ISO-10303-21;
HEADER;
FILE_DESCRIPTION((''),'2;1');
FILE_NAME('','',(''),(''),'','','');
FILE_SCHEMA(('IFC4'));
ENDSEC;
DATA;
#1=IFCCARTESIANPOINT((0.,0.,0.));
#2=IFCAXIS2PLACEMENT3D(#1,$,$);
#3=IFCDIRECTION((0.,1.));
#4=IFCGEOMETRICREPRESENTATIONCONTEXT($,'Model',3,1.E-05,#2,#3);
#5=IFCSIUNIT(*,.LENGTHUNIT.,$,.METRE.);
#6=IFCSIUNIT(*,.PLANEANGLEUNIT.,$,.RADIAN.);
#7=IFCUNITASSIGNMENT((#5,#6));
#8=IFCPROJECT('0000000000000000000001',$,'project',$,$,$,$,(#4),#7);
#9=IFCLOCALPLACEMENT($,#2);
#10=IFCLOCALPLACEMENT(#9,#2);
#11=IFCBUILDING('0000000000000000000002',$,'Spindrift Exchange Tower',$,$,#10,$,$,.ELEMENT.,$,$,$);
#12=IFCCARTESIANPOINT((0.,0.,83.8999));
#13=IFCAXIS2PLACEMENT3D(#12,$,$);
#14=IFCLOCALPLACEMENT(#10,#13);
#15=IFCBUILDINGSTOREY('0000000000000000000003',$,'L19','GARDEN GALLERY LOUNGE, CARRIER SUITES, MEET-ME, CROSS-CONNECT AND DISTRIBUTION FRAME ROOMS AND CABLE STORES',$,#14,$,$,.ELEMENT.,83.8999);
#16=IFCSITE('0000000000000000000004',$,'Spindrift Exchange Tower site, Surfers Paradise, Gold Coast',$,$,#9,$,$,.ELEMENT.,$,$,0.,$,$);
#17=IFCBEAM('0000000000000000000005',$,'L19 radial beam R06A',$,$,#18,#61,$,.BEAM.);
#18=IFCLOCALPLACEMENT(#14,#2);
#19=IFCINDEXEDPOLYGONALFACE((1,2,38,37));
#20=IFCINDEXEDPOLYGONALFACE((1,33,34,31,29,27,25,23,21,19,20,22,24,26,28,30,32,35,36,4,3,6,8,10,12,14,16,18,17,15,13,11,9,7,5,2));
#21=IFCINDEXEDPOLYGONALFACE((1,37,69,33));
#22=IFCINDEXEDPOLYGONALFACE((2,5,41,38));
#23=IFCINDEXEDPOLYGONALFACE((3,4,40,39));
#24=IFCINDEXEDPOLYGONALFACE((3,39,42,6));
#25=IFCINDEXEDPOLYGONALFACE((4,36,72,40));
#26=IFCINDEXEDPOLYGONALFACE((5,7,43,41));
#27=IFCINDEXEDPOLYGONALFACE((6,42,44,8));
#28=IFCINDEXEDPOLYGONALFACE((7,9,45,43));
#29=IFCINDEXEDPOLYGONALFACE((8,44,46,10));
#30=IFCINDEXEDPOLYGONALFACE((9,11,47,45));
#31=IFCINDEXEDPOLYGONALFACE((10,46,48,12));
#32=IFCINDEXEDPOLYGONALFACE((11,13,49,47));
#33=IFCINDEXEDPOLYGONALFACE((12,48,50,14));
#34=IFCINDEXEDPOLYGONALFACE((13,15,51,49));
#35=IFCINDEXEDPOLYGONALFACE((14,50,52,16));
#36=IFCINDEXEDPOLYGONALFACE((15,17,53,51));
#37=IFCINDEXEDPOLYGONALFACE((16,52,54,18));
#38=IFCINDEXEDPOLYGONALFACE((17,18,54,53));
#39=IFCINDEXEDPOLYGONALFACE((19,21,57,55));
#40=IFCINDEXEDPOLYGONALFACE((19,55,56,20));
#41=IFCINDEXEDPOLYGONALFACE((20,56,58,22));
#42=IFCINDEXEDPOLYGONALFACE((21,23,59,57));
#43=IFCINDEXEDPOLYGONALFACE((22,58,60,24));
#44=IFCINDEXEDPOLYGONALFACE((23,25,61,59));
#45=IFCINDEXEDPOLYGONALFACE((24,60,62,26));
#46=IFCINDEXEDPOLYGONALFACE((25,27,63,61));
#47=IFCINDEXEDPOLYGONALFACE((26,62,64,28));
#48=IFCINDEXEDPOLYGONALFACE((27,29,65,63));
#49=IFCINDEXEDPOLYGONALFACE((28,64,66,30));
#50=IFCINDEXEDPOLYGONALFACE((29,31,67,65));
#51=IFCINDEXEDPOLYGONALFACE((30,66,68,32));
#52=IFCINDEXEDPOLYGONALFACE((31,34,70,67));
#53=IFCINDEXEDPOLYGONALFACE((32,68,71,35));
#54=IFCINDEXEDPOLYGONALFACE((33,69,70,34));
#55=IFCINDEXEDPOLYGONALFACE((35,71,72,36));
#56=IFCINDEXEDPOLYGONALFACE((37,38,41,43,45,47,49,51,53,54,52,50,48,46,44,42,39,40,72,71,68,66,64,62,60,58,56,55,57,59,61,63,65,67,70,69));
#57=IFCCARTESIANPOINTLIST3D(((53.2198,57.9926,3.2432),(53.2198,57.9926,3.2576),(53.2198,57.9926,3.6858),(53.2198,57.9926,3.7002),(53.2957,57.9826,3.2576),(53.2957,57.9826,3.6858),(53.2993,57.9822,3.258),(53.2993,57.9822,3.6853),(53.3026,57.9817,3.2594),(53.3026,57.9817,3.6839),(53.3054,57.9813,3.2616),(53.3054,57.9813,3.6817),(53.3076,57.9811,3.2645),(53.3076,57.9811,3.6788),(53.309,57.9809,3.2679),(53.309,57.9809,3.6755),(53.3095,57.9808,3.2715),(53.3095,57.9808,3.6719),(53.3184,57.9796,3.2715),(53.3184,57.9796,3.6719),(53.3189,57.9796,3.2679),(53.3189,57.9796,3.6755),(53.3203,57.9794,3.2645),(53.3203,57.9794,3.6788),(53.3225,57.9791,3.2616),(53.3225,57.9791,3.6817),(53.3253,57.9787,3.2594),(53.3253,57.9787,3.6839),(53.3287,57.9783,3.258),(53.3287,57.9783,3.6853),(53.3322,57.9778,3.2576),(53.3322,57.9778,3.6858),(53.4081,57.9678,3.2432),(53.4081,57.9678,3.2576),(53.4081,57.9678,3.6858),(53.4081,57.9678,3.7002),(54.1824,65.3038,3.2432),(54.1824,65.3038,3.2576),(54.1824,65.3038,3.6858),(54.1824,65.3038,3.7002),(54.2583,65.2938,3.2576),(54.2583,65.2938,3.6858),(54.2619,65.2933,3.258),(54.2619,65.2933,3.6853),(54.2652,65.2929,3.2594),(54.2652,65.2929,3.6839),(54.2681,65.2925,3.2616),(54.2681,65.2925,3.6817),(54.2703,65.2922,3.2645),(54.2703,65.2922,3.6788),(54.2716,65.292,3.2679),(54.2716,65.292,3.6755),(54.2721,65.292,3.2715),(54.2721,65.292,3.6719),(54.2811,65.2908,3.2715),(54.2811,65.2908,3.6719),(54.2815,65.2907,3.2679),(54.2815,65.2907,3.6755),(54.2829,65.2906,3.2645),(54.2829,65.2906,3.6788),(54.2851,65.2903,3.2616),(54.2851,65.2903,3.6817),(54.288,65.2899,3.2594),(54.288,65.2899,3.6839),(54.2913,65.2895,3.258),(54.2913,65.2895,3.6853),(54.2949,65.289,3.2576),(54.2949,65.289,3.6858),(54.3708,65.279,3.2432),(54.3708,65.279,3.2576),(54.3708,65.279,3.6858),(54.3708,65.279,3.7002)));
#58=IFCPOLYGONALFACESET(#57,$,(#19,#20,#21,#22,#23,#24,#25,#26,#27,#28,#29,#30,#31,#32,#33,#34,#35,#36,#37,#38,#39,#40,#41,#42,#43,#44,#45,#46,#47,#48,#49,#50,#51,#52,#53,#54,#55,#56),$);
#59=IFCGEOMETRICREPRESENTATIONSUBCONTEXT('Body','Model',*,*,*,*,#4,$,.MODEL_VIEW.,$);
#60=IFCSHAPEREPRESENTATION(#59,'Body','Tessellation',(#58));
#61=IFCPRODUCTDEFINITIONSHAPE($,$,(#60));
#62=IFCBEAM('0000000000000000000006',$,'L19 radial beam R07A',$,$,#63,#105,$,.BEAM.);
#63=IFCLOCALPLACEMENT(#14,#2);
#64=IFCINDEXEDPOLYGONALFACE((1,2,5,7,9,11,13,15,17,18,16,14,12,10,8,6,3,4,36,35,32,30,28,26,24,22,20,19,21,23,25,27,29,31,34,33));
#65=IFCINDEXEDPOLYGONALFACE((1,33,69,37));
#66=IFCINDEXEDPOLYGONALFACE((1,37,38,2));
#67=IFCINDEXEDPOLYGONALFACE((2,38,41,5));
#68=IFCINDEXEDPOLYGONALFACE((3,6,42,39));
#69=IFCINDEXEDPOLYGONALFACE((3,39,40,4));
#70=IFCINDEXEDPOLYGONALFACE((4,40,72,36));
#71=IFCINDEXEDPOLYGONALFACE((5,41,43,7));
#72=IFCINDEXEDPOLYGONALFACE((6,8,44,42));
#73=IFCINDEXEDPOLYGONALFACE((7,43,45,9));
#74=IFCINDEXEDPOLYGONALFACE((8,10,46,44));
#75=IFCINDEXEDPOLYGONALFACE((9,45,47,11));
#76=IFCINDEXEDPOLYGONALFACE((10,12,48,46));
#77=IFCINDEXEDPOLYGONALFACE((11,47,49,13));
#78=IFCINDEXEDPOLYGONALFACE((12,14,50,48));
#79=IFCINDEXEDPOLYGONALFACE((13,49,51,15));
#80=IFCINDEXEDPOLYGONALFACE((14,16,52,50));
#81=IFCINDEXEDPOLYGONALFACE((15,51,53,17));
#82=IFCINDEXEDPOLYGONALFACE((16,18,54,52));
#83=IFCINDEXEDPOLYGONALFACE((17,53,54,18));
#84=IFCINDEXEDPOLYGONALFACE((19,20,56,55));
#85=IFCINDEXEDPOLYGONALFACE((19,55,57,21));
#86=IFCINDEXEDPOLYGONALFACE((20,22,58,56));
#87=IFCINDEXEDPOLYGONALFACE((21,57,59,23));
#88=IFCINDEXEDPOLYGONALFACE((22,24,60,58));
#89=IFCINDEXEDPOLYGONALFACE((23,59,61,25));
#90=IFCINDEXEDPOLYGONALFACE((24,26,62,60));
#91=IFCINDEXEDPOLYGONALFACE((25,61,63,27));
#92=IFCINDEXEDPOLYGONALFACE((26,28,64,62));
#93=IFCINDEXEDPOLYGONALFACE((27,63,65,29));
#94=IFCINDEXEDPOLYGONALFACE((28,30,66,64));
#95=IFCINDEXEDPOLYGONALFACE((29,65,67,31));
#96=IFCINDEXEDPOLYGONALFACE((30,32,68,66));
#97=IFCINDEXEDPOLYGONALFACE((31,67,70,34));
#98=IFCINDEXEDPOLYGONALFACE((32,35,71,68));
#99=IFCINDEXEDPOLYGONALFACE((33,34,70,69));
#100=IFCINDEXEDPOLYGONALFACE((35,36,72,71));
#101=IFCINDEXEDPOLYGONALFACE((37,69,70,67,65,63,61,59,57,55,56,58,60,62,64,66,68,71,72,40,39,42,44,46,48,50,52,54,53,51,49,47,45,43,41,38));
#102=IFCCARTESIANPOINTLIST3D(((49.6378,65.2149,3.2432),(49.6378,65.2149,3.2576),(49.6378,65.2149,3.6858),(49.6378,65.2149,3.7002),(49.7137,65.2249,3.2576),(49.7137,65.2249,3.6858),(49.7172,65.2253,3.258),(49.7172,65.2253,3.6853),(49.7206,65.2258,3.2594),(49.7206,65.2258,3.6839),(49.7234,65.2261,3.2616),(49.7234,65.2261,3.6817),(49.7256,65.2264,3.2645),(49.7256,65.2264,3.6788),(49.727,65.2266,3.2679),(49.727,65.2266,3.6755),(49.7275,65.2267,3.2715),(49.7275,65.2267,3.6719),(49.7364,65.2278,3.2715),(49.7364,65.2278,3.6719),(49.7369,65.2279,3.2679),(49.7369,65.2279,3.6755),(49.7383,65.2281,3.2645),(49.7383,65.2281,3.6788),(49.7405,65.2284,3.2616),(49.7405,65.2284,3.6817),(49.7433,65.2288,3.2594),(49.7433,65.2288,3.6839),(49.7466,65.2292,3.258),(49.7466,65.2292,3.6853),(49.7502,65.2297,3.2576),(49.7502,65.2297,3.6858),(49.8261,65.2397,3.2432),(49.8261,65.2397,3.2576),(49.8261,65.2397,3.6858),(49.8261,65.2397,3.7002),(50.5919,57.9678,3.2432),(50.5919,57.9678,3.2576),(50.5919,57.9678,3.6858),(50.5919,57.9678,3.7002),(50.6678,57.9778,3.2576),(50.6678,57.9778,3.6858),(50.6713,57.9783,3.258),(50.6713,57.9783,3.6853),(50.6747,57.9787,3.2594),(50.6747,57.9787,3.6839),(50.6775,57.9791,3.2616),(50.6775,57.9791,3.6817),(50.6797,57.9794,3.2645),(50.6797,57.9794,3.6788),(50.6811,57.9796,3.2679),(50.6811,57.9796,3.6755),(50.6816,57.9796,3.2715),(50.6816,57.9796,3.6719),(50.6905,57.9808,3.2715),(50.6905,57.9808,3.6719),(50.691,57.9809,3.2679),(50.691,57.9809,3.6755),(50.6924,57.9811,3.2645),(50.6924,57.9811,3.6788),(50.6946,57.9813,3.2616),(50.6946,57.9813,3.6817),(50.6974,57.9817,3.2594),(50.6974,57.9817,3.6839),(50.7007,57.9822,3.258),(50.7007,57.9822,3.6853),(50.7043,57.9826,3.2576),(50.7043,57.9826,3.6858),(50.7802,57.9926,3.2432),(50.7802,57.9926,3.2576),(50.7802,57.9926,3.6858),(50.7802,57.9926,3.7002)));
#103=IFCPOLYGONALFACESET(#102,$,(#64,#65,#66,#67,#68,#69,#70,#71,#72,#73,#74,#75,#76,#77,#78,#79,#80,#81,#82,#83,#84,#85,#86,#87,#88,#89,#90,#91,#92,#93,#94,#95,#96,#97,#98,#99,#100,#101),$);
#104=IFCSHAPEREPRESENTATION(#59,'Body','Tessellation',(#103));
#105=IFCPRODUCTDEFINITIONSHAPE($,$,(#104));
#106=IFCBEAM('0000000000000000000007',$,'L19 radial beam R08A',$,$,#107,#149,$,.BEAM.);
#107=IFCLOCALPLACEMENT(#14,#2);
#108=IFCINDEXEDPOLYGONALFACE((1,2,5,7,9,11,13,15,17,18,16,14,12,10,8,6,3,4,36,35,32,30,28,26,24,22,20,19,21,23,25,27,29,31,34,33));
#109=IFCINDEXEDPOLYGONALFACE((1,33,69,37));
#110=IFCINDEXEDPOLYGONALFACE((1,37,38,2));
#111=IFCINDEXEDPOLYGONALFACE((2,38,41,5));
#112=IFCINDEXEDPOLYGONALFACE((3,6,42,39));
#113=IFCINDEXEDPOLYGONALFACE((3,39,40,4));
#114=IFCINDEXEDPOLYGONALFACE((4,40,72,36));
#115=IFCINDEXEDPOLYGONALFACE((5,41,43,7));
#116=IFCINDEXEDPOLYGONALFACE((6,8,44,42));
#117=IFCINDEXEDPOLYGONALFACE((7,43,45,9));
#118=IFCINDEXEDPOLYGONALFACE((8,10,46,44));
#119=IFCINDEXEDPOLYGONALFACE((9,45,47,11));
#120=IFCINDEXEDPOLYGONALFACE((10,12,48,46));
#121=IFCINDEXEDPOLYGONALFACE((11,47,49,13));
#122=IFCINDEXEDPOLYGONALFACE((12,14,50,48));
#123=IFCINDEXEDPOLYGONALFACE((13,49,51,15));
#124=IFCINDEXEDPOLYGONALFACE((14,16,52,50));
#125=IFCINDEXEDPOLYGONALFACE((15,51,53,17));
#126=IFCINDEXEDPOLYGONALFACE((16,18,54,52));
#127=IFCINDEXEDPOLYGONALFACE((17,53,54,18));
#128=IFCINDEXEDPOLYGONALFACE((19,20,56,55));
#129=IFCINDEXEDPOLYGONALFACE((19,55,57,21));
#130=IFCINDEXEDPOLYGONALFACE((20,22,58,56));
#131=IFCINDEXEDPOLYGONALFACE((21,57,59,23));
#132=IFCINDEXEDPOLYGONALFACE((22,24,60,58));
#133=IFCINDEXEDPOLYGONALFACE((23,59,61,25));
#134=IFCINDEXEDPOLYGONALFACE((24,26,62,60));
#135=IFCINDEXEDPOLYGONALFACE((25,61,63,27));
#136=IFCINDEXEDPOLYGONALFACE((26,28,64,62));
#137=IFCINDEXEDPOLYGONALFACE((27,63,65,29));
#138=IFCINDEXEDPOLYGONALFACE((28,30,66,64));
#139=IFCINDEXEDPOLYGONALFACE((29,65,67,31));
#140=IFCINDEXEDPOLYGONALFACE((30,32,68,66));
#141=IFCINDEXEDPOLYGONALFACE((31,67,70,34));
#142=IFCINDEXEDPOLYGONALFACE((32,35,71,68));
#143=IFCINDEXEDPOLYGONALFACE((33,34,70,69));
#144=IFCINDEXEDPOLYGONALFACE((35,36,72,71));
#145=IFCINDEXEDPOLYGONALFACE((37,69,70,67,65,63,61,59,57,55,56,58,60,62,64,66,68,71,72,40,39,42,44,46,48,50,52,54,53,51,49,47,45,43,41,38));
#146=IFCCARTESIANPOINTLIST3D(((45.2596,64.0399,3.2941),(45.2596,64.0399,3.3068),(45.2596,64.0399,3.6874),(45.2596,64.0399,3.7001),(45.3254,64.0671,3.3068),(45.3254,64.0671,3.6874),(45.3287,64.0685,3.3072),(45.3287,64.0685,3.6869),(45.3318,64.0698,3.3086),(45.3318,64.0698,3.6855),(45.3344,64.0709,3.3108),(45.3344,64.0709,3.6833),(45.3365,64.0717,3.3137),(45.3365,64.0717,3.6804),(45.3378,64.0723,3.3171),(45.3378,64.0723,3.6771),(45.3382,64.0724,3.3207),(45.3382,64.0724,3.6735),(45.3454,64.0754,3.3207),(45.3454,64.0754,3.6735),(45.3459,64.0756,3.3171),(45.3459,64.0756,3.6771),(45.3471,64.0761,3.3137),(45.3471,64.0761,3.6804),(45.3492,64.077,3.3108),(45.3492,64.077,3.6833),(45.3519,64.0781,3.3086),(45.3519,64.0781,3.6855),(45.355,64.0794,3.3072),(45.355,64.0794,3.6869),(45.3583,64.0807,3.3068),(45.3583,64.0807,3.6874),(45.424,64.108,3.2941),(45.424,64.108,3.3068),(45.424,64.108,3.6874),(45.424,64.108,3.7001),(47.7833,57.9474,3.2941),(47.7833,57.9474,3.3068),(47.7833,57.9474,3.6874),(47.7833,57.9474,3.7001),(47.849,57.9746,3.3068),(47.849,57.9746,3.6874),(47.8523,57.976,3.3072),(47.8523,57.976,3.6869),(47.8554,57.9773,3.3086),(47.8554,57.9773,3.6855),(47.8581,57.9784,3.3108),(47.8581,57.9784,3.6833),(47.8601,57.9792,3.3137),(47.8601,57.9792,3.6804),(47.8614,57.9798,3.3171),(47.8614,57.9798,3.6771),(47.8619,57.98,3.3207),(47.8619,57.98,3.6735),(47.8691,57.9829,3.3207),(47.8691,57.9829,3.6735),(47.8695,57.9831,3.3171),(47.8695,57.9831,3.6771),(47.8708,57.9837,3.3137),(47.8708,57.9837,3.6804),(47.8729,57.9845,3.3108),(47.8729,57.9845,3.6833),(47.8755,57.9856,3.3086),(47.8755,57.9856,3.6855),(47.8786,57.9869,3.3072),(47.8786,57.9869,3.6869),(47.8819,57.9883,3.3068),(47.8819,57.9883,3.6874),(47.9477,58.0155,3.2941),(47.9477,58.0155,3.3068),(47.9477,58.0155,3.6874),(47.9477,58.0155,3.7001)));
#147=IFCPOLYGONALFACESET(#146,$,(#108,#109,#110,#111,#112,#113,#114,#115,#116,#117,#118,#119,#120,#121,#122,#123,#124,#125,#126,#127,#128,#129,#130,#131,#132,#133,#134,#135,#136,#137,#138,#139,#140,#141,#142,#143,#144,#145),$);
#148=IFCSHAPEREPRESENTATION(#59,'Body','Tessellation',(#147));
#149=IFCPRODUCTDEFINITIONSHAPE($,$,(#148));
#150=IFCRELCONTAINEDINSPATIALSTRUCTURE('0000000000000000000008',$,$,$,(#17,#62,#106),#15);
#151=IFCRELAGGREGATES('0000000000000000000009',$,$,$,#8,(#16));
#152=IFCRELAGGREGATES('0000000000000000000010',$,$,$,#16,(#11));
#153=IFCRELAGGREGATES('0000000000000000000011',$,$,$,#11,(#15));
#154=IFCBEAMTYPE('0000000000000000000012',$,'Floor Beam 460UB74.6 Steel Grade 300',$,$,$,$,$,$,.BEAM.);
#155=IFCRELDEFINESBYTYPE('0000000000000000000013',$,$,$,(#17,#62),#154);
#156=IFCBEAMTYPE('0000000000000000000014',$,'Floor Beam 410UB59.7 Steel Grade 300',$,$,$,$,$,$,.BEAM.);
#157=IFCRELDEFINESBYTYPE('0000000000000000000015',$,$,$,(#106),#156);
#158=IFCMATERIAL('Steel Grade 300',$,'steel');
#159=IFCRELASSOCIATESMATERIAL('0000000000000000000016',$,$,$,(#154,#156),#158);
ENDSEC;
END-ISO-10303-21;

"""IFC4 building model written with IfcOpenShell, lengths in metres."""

from ifc_helpers import new_model, si_unit, direction, frame, origin, origin_2d, place, context, subcontext, project, spatial, i_section, extrude, source, transform, mapped, material, material_profile, profile_set, type_object, element, save


model = new_model("IFC4")

# Units and contexts
model_context = context("Model", 3, precision=1e-05, world=origin(), true_north=direction((0.0, 1.0)))
body_context = subcontext(model_context, "Body", "Model", "MODEL_VIEW")
ifc_project = project(units=[si_unit("LENGTHUNIT", "METRE"), si_unit("PLANEANGLEUNIT", "RADIAN")], contexts=[model_context])

# Site, building, storey
site_placement = place(None, origin())
site = spatial("IfcSite", under=ifc_project, at=site_placement, Name="Spindrift Exchange Tower site, Surfers Paradise, Gold Coast", CompositionType="ELEMENT", RefElevation=0.0)
building_placement = place(site_placement, origin())
building = spatial("IfcBuilding", under=site, at=building_placement, Name="Spindrift Exchange Tower", CompositionType="ELEMENT")
storey_placement = place(building_placement, frame((0.0, 0.0, 83.8999)))
storey = spatial("IfcBuildingStorey", under=building, at=storey_placement, Name="L19", Description="GARDEN GALLERY LOUNGE, CARRIER SUITES, MEET-ME, CROSS-CONNECT AND DISTRIBUTION FRAME ROOMS AND CABLE STORES", CompositionType="ELEMENT", Elevation=83.8999)

# Beams
ifc_material_1 = material(Name="Steel Grade 300", Category="steel")
ifc_material_profile_1 = material_profile(ifc_material_1, i_section(OverallWidth=0.1899, OverallDepth=0.457, WebThickness=0.009, FlangeThickness=0.0144, FilletRadius=0.0139, at=origin_2d()), Name="460UB74.6")
ifc_profile_set_1 = profile_set([ifc_material_profile_1], Name="Steel Grade 300")
beam_type_1 = type_object("IfcBeamType", Name="Floor Beam 460UB74.6 Steel Grade 300", PredefinedType="BEAM", material=ifc_profile_set_1)
shared_shape_1 = source(origin(), body_context, "Body", "SweptSolid", [
    extrude(i_section(OverallWidth=0.1899, OverallDepth=0.457, WebThickness=0.009, FlangeThickness=0.0144, FilletRadius=0.0139, at=origin_2d()), origin(), (0.0, 0.0, 1.0), 7.3743),
])
beam_1_placement = place(storey_placement, frame((53.314, 57.9802, 3.4717), z_axis=(0.130539, 0.991443, 0.0), x_axis=(-0.991443, 0.130539, 0.0)))
element("IfcBeam", 1, at=beam_1_placement, inside=storey, type_object=beam_type_1, Name="L19 radial beam R06A", PredefinedType="BEAM", context=body_context, shape_type="MappedRepresentation", body=[
    mapped(shared_shape_1, transform((0.0, 0.0, 0.0), scale=1.0)),
])
shared_shape_2 = source(origin(), body_context, "Body", "SweptSolid", [
    extrude(i_section(OverallWidth=0.1899, OverallDepth=0.457, WebThickness=0.009, FlangeThickness=0.0144, FilletRadius=0.0139, at=origin_2d()), origin(), (0.0, 0.0, 1.0), 7.3096),
])
beam_2_placement = place(storey_placement, frame((50.686, 57.9802, 3.4717), z_axis=(-0.130527, 0.991445, 0.0), x_axis=(-0.991445, -0.130527, 0.0)))
element("IfcBeam", 2, at=beam_2_placement, inside=storey, type_object=beam_type_1, Name="L19 radial beam R07A", PredefinedType="BEAM", context=body_context, shape_type="MappedRepresentation", body=[
    mapped(shared_shape_2, transform((0.0, 0.0, 0.0), scale=1.0)),
])
ifc_material_profile_2 = material_profile(ifc_material_1, i_section(OverallWidth=0.178, OverallDepth=0.406, WebThickness=0.0078, FlangeThickness=0.0127, FilletRadius=0.0139, at=origin_2d()), Name="410UB59.7")
ifc_profile_set_2 = profile_set([ifc_material_profile_2], Name="Steel Grade 300")
beam_type_2 = type_object("IfcBeamType", Name="Floor Beam 410UB59.7 Steel Grade 300", PredefinedType="BEAM", material=ifc_profile_set_2)
shared_shape_3 = source(origin(), body_context, "Body", "SweptSolid", [
    extrude(i_section(OverallWidth=0.178, OverallDepth=0.406, WebThickness=0.0078, FlangeThickness=0.0127, FilletRadius=0.0139, at=origin_2d()), origin(), (0.0, 0.0, 1.0), 6.5945),
])
beam_3_placement = place(storey_placement, frame((47.8655, 57.9814, 3.4971), z_axis=(-0.382693, 0.923876, 0.0), x_axis=(-0.923876, -0.382693, 0.0)))
element("IfcBeam", 3, at=beam_3_placement, inside=storey, type_object=beam_type_2, Name="L19 radial beam R08A", PredefinedType="BEAM", context=body_context, shape_type="MappedRepresentation", body=[
    mapped(shared_shape_3, transform((0.0, 0.0, 0.0), scale=1.0)),
])

save(model, "model.ifc")
